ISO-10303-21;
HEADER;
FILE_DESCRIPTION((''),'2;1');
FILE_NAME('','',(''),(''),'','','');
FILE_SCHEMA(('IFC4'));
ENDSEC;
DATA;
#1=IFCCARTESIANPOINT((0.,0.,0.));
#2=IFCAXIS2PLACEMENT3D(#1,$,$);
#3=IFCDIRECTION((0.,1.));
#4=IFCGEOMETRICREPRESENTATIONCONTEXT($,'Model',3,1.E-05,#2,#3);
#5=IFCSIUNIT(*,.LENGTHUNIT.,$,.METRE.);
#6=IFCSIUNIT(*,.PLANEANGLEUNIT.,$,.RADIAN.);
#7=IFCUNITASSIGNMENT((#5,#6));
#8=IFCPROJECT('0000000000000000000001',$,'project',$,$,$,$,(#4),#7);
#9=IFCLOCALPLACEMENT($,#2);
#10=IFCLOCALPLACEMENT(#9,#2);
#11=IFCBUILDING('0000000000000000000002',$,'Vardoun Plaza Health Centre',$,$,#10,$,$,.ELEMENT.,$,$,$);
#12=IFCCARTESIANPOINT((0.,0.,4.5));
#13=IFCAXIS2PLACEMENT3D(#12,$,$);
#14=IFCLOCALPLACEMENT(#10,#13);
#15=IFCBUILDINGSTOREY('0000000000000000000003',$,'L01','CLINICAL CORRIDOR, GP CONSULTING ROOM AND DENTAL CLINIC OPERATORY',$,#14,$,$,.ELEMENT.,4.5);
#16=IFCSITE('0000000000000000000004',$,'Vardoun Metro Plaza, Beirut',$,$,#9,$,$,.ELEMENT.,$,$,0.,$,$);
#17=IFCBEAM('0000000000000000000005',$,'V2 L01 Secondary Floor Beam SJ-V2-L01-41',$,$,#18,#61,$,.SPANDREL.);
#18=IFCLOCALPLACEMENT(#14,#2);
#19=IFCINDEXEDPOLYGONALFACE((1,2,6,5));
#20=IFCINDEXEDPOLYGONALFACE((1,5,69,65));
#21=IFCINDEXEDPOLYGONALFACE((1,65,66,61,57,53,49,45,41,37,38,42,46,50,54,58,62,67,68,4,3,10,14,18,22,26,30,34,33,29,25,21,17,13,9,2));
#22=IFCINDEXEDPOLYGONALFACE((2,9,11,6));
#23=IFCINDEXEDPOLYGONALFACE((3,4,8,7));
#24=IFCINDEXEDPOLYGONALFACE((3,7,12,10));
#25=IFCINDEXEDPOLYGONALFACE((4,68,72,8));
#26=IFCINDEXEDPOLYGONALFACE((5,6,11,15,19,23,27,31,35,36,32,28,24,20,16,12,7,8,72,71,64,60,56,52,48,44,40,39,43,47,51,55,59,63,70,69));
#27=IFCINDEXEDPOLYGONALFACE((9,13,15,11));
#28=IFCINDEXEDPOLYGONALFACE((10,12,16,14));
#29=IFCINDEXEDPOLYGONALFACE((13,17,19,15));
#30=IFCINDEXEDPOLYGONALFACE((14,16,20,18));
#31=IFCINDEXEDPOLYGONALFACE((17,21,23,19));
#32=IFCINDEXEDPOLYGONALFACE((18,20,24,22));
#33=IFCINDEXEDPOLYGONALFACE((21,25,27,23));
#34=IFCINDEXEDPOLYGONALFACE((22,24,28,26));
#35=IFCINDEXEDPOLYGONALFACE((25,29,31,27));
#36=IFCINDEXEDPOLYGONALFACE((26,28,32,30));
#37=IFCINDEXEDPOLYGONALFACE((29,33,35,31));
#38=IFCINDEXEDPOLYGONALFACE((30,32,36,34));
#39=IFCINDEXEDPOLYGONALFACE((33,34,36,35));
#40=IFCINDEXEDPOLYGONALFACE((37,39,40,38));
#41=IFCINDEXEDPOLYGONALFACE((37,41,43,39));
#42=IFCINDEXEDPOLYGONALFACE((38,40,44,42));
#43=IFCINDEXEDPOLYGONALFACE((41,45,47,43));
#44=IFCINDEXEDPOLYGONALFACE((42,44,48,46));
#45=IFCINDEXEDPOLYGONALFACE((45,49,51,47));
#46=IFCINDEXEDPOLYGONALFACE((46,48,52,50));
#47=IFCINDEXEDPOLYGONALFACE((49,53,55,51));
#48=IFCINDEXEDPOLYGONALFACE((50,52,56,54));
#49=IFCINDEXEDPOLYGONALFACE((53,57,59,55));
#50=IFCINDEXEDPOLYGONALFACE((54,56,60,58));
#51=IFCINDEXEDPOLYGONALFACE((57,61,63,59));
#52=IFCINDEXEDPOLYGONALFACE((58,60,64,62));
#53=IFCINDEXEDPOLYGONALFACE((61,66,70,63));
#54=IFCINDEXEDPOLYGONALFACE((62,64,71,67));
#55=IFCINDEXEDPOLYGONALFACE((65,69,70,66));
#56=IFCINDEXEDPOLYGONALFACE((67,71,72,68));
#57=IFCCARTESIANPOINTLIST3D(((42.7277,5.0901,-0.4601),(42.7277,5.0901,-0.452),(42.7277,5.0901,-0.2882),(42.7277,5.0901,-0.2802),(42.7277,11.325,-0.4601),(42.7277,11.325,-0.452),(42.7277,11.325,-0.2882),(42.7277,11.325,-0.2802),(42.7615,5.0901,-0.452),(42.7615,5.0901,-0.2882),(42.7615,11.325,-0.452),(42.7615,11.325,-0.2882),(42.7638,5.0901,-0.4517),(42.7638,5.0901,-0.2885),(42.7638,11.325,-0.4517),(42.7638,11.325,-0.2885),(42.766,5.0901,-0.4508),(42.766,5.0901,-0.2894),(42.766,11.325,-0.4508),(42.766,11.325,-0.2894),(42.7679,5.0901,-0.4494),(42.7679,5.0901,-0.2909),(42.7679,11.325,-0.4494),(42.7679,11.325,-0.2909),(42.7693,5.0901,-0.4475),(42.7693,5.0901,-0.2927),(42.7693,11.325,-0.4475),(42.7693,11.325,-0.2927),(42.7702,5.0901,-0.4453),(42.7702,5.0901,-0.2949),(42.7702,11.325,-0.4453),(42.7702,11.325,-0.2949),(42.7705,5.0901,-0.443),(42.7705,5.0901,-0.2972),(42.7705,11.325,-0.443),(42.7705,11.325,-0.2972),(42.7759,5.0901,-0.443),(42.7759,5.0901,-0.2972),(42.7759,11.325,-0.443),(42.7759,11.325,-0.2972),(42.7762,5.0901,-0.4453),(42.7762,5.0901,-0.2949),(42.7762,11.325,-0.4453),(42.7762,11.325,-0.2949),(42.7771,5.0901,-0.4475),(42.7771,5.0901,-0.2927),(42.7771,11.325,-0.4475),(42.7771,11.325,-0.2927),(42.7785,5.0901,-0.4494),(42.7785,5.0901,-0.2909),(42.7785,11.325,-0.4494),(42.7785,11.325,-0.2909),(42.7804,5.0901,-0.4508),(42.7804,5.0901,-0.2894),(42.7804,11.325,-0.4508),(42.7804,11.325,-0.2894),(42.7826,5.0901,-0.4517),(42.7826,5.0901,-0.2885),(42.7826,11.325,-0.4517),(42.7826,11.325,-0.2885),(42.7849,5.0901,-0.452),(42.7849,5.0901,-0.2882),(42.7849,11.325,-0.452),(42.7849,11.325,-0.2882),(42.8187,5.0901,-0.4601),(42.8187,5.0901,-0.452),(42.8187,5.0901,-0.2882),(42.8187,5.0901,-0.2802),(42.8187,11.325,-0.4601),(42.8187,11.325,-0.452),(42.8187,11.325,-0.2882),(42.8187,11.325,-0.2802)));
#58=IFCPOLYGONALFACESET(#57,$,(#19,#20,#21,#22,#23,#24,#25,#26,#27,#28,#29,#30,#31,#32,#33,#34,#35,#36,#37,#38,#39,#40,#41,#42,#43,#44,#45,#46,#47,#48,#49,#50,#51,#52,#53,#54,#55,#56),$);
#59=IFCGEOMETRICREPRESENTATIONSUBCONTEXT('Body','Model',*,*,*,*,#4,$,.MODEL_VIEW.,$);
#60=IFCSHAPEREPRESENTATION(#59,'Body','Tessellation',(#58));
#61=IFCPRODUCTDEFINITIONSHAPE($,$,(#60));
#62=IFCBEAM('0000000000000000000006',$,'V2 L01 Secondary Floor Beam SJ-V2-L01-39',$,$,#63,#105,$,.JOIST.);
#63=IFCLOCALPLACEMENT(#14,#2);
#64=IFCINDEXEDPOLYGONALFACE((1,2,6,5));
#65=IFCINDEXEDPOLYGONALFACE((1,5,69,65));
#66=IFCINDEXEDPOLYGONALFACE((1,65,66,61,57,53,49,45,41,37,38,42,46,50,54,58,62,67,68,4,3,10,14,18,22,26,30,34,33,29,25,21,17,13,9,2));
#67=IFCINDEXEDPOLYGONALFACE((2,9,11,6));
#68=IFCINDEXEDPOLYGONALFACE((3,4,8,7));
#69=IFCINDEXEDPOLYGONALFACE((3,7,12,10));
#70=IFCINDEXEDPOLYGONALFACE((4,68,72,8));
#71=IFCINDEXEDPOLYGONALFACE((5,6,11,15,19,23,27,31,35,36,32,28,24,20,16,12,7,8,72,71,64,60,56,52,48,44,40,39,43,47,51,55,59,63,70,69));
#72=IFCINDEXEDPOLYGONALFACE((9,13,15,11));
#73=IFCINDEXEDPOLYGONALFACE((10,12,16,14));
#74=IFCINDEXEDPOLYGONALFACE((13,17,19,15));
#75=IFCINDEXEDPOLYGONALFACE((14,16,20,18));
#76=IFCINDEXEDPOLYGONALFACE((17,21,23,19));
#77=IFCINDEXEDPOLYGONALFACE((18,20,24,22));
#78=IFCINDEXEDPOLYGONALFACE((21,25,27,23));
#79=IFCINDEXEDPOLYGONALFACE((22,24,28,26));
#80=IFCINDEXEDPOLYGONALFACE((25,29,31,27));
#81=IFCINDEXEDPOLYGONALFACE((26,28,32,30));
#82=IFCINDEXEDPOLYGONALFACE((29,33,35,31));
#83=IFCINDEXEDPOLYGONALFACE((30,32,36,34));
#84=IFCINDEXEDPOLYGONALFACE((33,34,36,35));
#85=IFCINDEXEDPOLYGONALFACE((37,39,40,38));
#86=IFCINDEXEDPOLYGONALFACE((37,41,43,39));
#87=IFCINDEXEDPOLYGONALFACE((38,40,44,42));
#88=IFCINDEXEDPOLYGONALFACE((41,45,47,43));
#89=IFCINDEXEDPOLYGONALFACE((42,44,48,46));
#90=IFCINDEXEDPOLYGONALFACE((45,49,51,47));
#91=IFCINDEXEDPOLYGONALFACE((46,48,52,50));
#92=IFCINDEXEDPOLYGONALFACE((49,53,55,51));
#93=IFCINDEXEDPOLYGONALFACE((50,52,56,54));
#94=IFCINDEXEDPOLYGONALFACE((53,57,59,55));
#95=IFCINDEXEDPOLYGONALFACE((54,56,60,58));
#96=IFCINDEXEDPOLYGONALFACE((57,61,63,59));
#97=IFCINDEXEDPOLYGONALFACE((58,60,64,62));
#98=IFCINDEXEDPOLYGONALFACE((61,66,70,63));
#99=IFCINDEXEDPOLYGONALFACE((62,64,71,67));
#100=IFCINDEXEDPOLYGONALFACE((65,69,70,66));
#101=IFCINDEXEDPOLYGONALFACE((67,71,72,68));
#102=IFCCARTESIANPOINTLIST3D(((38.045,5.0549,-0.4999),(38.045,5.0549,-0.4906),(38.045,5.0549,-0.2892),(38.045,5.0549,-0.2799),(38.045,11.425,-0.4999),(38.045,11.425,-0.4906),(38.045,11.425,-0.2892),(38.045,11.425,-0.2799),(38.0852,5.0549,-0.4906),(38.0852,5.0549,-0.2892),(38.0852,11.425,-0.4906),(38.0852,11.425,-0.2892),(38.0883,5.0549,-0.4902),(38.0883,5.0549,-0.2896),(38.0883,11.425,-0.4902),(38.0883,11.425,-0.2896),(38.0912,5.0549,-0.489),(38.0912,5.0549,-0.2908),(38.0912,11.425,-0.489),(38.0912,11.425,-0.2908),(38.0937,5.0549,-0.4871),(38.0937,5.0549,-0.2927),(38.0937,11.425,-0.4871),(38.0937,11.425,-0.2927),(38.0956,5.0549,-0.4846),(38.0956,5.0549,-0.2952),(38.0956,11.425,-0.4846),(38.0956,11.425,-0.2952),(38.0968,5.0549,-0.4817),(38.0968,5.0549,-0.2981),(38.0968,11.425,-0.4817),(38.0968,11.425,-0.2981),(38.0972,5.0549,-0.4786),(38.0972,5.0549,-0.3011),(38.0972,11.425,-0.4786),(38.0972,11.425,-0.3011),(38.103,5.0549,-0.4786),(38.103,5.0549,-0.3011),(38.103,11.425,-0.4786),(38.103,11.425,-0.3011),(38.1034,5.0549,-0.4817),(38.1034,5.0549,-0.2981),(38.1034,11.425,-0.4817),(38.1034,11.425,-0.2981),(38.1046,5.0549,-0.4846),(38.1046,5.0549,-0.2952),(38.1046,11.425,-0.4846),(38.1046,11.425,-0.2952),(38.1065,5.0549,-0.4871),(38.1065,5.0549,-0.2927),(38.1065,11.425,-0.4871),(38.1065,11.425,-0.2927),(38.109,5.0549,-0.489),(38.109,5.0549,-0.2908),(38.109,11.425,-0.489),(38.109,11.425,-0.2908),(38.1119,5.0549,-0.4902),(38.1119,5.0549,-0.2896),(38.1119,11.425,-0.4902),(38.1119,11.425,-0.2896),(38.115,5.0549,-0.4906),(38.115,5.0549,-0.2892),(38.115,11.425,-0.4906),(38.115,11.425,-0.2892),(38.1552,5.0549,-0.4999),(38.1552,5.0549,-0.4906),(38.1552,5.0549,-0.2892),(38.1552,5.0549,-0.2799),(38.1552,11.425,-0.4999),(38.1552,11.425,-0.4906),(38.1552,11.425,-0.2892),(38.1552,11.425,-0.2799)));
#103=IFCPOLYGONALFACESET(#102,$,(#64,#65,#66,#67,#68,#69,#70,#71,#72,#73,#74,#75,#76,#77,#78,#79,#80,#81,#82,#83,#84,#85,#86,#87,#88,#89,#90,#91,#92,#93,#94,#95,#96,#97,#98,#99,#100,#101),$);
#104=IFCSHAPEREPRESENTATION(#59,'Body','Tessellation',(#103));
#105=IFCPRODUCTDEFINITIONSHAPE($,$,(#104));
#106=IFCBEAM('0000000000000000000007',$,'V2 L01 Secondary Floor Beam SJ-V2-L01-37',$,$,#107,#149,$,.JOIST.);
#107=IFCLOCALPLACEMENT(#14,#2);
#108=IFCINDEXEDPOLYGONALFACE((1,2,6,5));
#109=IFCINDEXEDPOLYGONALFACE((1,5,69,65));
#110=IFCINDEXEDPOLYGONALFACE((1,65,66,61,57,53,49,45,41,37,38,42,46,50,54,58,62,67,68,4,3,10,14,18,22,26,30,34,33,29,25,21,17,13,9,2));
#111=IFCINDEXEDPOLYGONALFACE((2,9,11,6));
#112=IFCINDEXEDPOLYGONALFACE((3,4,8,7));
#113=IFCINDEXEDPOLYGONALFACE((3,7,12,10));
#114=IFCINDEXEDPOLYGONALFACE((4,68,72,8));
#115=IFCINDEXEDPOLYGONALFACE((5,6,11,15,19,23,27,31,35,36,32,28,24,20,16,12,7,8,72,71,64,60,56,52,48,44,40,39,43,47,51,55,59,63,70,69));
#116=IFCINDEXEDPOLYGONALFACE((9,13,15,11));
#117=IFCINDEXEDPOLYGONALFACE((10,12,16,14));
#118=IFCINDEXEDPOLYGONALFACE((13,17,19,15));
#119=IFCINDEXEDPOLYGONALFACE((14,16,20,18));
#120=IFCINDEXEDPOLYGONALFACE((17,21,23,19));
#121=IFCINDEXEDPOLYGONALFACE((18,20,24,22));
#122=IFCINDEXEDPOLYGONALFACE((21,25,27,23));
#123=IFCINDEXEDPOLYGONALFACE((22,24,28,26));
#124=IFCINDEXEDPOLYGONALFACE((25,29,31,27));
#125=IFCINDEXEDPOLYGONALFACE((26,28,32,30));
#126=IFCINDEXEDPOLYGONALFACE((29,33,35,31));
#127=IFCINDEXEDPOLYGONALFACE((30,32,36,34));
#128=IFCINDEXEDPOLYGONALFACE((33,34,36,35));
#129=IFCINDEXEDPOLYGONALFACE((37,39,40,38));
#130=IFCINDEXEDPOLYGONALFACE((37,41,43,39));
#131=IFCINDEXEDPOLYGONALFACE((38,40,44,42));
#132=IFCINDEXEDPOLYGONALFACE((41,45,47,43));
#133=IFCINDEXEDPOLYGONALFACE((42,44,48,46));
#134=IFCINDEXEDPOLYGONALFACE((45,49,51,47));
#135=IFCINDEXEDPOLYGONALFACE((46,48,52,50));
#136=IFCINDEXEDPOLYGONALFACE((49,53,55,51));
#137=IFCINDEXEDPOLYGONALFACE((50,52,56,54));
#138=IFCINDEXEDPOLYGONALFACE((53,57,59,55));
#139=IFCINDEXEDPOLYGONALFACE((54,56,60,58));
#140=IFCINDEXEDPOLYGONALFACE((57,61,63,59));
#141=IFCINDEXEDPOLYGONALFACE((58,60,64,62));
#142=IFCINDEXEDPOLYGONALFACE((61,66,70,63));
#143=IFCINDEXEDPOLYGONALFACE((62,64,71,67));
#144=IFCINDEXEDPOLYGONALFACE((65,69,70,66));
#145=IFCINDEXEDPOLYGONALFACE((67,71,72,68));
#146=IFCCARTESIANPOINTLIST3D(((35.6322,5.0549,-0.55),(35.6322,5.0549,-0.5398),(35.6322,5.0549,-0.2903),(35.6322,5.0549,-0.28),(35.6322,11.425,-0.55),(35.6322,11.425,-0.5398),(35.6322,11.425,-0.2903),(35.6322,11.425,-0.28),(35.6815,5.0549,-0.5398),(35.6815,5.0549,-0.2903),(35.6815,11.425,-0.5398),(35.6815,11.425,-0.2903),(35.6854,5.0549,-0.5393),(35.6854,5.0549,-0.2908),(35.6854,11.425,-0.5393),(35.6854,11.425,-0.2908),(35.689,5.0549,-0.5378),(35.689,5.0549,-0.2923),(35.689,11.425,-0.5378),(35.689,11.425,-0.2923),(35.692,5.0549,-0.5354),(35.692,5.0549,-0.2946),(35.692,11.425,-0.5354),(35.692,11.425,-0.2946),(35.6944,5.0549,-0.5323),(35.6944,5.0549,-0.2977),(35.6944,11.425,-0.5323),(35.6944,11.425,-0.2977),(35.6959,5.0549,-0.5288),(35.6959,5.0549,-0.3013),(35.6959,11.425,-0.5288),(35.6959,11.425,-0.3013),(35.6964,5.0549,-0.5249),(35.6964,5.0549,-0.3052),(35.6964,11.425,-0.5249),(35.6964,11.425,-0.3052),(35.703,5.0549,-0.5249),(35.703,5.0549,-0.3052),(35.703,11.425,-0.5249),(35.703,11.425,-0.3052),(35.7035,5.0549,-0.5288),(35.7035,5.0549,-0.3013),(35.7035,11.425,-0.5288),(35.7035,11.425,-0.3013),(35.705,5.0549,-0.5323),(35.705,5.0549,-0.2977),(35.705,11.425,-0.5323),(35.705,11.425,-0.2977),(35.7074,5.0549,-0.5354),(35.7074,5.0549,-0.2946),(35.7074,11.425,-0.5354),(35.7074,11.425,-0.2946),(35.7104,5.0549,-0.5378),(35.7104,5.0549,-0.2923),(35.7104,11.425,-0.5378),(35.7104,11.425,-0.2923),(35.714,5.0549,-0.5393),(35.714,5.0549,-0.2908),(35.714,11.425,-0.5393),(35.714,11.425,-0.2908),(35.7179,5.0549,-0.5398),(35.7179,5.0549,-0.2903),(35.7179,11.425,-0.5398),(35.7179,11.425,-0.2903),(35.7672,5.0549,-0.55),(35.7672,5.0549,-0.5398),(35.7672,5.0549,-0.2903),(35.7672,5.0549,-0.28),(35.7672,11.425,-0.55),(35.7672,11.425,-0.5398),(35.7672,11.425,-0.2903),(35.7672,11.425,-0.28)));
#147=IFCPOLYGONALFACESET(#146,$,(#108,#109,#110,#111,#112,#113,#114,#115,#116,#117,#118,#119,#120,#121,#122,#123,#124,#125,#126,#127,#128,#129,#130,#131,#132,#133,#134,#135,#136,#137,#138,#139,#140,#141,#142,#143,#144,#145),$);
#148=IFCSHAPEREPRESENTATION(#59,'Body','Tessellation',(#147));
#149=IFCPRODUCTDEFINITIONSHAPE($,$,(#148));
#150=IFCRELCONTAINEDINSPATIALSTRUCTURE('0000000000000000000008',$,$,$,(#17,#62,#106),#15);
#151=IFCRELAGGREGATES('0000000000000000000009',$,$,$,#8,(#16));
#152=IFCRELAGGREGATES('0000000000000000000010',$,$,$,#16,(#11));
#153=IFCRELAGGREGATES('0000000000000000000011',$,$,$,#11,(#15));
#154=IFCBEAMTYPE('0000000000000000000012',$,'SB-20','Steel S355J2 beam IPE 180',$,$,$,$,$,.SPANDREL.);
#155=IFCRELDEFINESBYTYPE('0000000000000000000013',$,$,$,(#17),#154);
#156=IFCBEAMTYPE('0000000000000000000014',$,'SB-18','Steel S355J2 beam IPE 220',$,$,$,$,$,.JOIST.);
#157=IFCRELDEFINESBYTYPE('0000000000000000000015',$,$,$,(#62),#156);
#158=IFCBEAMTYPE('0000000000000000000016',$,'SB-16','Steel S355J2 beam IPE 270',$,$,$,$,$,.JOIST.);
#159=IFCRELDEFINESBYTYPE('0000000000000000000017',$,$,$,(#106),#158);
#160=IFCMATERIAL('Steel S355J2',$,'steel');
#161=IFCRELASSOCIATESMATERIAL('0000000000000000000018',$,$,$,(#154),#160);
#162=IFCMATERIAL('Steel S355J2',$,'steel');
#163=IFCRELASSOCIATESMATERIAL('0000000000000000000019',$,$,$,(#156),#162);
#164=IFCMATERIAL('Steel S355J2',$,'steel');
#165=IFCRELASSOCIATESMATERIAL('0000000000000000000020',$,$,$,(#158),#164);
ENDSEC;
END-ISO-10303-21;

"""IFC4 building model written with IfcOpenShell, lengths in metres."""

from ifc_helpers import new_model, si_unit, direction, frame, origin, origin_2d, place, context, subcontext, project, spatial, i_section, extrude, material, material_profile, profile_set, type_object, element, save


model = new_model("IFC4")

# Units and contexts
model_context = context("Model", 3, precision=1e-05, world=origin(), true_north=direction((0.0, 1.0)))
body_context = subcontext(model_context, "Body", "Model", "MODEL_VIEW")
ifc_project = project(units=[si_unit("LENGTHUNIT", "METRE"), si_unit("PLANEANGLEUNIT", "RADIAN")], contexts=[model_context])

# Site, building, storey
site_placement = place(None, origin())
site = spatial("IfcSite", under=ifc_project, at=site_placement, Name="Vardoun Metro Plaza, Beirut", CompositionType="ELEMENT", RefElevation=0.0)
building_placement = place(site_placement, origin())
building = spatial("IfcBuilding", under=site, at=building_placement, Name="Vardoun Plaza Health Centre", CompositionType="ELEMENT")
storey_placement = place(building_placement, frame((0.0, 0.0, 4.5)))
storey = spatial("IfcBuildingStorey", under=building, at=storey_placement, Name="L01", Description="CLINICAL CORRIDOR, GP CONSULTING ROOM AND DENTAL CLINIC OPERATORY", CompositionType="ELEMENT", Elevation=4.5)

# Beams
ifc_material_1 = material(Name="Steel S355J2", Category="steel")
ifc_material_profile_1 = material_profile(ifc_material_1, i_section(OverallWidth=0.0911, OverallDepth=0.1799, WebThickness=0.0054, FlangeThickness=0.0081, FilletRadius=0.009, at=origin_2d()), Name="IPE 180")
ifc_profile_set_1 = profile_set([ifc_material_profile_1], Name="Steel S355J2")
beam_type_1 = type_object("IfcBeamType", Name="SB-20", Description="Steel S355J2 beam IPE 180", PredefinedType="SPANDREL", material=ifc_profile_set_1)
beam_1_placement = place(storey_placement, frame((42.7732, 5.0901, -0.3701), z_axis=(0.0, 1.0, 0.0), x_axis=(-1.0, 0.0, 0.0)))
element("IfcBeam", 1, at=beam_1_placement, inside=storey, type_object=beam_type_1, Name="V2 L01 Secondary Floor Beam SJ-V2-L01-41", PredefinedType="SPANDREL", context=body_context, shape_type="SweptSolid", body=[
    extrude(i_section(OverallWidth=0.0911, OverallDepth=0.1799, WebThickness=0.0054, FlangeThickness=0.0081, FilletRadius=0.009, at=origin_2d()), origin(), (0.0, 0.0, 1.0), 6.2349),
])
ifc_material_2 = material(Name="Steel S355J2", Category="steel")
ifc_material_profile_2 = material_profile(ifc_material_2, i_section(OverallWidth=0.1101, OverallDepth=0.22, WebThickness=0.0059, FlangeThickness=0.0093, FilletRadius=0.012, at=origin_2d()), Name="IPE 220")
ifc_profile_set_2 = profile_set([ifc_material_profile_2], Name="Steel S355J2")
beam_type_2 = type_object("IfcBeamType", Name="SB-18", Description="Steel S355J2 beam IPE 220", PredefinedType="JOIST", material=ifc_profile_set_2)
beam_2_placement = place(storey_placement, frame((38.1001, 5.0549, -0.3899), z_axis=(0.0, 1.0, 0.0), x_axis=(-1.0, 0.0, 0.0)))
element("IfcBeam", 2, at=beam_2_placement, inside=storey, type_object=beam_type_2, Name="V2 L01 Secondary Floor Beam SJ-V2-L01-39", PredefinedType="JOIST", context=body_context, shape_type="SweptSolid", body=[
    extrude(i_section(OverallWidth=0.1101, OverallDepth=0.22, WebThickness=0.0059, FlangeThickness=0.0093, FilletRadius=0.012, at=origin_2d()), origin(), (0.0, 0.0, 1.0), 6.3701),
])
ifc_material_3 = material(Name="Steel S355J2", Category="steel")
ifc_material_profile_3 = material_profile(ifc_material_3, i_section(OverallWidth=0.135, OverallDepth=0.27, WebThickness=0.0066, FlangeThickness=0.0103, FilletRadius=0.0149, at=origin_2d()), Name="IPE 270")
ifc_profile_set_3 = profile_set([ifc_material_profile_3], Name="Steel S355J2")
beam_type_3 = type_object("IfcBeamType", Name="SB-16", Description="Steel S355J2 beam IPE 270", PredefinedType="JOIST", material=ifc_profile_set_3)
beam_3_placement = place(storey_placement, frame((35.6997, 5.0549, -0.415), z_axis=(0.0, 1.0, 0.0), x_axis=(-1.0, 0.0, 0.0)))
element("IfcBeam", 3, at=beam_3_placement, inside=storey, type_object=beam_type_3, Name="V2 L01 Secondary Floor Beam SJ-V2-L01-37", PredefinedType="JOIST", context=body_context, shape_type="SweptSolid", body=[
    extrude(i_section(OverallWidth=0.135, OverallDepth=0.27, WebThickness=0.0066, FlangeThickness=0.0103, FilletRadius=0.0149, at=origin_2d()), origin(), (0.0, 0.0, 1.0), 6.3701),
])

save(model, "model.ifc")
